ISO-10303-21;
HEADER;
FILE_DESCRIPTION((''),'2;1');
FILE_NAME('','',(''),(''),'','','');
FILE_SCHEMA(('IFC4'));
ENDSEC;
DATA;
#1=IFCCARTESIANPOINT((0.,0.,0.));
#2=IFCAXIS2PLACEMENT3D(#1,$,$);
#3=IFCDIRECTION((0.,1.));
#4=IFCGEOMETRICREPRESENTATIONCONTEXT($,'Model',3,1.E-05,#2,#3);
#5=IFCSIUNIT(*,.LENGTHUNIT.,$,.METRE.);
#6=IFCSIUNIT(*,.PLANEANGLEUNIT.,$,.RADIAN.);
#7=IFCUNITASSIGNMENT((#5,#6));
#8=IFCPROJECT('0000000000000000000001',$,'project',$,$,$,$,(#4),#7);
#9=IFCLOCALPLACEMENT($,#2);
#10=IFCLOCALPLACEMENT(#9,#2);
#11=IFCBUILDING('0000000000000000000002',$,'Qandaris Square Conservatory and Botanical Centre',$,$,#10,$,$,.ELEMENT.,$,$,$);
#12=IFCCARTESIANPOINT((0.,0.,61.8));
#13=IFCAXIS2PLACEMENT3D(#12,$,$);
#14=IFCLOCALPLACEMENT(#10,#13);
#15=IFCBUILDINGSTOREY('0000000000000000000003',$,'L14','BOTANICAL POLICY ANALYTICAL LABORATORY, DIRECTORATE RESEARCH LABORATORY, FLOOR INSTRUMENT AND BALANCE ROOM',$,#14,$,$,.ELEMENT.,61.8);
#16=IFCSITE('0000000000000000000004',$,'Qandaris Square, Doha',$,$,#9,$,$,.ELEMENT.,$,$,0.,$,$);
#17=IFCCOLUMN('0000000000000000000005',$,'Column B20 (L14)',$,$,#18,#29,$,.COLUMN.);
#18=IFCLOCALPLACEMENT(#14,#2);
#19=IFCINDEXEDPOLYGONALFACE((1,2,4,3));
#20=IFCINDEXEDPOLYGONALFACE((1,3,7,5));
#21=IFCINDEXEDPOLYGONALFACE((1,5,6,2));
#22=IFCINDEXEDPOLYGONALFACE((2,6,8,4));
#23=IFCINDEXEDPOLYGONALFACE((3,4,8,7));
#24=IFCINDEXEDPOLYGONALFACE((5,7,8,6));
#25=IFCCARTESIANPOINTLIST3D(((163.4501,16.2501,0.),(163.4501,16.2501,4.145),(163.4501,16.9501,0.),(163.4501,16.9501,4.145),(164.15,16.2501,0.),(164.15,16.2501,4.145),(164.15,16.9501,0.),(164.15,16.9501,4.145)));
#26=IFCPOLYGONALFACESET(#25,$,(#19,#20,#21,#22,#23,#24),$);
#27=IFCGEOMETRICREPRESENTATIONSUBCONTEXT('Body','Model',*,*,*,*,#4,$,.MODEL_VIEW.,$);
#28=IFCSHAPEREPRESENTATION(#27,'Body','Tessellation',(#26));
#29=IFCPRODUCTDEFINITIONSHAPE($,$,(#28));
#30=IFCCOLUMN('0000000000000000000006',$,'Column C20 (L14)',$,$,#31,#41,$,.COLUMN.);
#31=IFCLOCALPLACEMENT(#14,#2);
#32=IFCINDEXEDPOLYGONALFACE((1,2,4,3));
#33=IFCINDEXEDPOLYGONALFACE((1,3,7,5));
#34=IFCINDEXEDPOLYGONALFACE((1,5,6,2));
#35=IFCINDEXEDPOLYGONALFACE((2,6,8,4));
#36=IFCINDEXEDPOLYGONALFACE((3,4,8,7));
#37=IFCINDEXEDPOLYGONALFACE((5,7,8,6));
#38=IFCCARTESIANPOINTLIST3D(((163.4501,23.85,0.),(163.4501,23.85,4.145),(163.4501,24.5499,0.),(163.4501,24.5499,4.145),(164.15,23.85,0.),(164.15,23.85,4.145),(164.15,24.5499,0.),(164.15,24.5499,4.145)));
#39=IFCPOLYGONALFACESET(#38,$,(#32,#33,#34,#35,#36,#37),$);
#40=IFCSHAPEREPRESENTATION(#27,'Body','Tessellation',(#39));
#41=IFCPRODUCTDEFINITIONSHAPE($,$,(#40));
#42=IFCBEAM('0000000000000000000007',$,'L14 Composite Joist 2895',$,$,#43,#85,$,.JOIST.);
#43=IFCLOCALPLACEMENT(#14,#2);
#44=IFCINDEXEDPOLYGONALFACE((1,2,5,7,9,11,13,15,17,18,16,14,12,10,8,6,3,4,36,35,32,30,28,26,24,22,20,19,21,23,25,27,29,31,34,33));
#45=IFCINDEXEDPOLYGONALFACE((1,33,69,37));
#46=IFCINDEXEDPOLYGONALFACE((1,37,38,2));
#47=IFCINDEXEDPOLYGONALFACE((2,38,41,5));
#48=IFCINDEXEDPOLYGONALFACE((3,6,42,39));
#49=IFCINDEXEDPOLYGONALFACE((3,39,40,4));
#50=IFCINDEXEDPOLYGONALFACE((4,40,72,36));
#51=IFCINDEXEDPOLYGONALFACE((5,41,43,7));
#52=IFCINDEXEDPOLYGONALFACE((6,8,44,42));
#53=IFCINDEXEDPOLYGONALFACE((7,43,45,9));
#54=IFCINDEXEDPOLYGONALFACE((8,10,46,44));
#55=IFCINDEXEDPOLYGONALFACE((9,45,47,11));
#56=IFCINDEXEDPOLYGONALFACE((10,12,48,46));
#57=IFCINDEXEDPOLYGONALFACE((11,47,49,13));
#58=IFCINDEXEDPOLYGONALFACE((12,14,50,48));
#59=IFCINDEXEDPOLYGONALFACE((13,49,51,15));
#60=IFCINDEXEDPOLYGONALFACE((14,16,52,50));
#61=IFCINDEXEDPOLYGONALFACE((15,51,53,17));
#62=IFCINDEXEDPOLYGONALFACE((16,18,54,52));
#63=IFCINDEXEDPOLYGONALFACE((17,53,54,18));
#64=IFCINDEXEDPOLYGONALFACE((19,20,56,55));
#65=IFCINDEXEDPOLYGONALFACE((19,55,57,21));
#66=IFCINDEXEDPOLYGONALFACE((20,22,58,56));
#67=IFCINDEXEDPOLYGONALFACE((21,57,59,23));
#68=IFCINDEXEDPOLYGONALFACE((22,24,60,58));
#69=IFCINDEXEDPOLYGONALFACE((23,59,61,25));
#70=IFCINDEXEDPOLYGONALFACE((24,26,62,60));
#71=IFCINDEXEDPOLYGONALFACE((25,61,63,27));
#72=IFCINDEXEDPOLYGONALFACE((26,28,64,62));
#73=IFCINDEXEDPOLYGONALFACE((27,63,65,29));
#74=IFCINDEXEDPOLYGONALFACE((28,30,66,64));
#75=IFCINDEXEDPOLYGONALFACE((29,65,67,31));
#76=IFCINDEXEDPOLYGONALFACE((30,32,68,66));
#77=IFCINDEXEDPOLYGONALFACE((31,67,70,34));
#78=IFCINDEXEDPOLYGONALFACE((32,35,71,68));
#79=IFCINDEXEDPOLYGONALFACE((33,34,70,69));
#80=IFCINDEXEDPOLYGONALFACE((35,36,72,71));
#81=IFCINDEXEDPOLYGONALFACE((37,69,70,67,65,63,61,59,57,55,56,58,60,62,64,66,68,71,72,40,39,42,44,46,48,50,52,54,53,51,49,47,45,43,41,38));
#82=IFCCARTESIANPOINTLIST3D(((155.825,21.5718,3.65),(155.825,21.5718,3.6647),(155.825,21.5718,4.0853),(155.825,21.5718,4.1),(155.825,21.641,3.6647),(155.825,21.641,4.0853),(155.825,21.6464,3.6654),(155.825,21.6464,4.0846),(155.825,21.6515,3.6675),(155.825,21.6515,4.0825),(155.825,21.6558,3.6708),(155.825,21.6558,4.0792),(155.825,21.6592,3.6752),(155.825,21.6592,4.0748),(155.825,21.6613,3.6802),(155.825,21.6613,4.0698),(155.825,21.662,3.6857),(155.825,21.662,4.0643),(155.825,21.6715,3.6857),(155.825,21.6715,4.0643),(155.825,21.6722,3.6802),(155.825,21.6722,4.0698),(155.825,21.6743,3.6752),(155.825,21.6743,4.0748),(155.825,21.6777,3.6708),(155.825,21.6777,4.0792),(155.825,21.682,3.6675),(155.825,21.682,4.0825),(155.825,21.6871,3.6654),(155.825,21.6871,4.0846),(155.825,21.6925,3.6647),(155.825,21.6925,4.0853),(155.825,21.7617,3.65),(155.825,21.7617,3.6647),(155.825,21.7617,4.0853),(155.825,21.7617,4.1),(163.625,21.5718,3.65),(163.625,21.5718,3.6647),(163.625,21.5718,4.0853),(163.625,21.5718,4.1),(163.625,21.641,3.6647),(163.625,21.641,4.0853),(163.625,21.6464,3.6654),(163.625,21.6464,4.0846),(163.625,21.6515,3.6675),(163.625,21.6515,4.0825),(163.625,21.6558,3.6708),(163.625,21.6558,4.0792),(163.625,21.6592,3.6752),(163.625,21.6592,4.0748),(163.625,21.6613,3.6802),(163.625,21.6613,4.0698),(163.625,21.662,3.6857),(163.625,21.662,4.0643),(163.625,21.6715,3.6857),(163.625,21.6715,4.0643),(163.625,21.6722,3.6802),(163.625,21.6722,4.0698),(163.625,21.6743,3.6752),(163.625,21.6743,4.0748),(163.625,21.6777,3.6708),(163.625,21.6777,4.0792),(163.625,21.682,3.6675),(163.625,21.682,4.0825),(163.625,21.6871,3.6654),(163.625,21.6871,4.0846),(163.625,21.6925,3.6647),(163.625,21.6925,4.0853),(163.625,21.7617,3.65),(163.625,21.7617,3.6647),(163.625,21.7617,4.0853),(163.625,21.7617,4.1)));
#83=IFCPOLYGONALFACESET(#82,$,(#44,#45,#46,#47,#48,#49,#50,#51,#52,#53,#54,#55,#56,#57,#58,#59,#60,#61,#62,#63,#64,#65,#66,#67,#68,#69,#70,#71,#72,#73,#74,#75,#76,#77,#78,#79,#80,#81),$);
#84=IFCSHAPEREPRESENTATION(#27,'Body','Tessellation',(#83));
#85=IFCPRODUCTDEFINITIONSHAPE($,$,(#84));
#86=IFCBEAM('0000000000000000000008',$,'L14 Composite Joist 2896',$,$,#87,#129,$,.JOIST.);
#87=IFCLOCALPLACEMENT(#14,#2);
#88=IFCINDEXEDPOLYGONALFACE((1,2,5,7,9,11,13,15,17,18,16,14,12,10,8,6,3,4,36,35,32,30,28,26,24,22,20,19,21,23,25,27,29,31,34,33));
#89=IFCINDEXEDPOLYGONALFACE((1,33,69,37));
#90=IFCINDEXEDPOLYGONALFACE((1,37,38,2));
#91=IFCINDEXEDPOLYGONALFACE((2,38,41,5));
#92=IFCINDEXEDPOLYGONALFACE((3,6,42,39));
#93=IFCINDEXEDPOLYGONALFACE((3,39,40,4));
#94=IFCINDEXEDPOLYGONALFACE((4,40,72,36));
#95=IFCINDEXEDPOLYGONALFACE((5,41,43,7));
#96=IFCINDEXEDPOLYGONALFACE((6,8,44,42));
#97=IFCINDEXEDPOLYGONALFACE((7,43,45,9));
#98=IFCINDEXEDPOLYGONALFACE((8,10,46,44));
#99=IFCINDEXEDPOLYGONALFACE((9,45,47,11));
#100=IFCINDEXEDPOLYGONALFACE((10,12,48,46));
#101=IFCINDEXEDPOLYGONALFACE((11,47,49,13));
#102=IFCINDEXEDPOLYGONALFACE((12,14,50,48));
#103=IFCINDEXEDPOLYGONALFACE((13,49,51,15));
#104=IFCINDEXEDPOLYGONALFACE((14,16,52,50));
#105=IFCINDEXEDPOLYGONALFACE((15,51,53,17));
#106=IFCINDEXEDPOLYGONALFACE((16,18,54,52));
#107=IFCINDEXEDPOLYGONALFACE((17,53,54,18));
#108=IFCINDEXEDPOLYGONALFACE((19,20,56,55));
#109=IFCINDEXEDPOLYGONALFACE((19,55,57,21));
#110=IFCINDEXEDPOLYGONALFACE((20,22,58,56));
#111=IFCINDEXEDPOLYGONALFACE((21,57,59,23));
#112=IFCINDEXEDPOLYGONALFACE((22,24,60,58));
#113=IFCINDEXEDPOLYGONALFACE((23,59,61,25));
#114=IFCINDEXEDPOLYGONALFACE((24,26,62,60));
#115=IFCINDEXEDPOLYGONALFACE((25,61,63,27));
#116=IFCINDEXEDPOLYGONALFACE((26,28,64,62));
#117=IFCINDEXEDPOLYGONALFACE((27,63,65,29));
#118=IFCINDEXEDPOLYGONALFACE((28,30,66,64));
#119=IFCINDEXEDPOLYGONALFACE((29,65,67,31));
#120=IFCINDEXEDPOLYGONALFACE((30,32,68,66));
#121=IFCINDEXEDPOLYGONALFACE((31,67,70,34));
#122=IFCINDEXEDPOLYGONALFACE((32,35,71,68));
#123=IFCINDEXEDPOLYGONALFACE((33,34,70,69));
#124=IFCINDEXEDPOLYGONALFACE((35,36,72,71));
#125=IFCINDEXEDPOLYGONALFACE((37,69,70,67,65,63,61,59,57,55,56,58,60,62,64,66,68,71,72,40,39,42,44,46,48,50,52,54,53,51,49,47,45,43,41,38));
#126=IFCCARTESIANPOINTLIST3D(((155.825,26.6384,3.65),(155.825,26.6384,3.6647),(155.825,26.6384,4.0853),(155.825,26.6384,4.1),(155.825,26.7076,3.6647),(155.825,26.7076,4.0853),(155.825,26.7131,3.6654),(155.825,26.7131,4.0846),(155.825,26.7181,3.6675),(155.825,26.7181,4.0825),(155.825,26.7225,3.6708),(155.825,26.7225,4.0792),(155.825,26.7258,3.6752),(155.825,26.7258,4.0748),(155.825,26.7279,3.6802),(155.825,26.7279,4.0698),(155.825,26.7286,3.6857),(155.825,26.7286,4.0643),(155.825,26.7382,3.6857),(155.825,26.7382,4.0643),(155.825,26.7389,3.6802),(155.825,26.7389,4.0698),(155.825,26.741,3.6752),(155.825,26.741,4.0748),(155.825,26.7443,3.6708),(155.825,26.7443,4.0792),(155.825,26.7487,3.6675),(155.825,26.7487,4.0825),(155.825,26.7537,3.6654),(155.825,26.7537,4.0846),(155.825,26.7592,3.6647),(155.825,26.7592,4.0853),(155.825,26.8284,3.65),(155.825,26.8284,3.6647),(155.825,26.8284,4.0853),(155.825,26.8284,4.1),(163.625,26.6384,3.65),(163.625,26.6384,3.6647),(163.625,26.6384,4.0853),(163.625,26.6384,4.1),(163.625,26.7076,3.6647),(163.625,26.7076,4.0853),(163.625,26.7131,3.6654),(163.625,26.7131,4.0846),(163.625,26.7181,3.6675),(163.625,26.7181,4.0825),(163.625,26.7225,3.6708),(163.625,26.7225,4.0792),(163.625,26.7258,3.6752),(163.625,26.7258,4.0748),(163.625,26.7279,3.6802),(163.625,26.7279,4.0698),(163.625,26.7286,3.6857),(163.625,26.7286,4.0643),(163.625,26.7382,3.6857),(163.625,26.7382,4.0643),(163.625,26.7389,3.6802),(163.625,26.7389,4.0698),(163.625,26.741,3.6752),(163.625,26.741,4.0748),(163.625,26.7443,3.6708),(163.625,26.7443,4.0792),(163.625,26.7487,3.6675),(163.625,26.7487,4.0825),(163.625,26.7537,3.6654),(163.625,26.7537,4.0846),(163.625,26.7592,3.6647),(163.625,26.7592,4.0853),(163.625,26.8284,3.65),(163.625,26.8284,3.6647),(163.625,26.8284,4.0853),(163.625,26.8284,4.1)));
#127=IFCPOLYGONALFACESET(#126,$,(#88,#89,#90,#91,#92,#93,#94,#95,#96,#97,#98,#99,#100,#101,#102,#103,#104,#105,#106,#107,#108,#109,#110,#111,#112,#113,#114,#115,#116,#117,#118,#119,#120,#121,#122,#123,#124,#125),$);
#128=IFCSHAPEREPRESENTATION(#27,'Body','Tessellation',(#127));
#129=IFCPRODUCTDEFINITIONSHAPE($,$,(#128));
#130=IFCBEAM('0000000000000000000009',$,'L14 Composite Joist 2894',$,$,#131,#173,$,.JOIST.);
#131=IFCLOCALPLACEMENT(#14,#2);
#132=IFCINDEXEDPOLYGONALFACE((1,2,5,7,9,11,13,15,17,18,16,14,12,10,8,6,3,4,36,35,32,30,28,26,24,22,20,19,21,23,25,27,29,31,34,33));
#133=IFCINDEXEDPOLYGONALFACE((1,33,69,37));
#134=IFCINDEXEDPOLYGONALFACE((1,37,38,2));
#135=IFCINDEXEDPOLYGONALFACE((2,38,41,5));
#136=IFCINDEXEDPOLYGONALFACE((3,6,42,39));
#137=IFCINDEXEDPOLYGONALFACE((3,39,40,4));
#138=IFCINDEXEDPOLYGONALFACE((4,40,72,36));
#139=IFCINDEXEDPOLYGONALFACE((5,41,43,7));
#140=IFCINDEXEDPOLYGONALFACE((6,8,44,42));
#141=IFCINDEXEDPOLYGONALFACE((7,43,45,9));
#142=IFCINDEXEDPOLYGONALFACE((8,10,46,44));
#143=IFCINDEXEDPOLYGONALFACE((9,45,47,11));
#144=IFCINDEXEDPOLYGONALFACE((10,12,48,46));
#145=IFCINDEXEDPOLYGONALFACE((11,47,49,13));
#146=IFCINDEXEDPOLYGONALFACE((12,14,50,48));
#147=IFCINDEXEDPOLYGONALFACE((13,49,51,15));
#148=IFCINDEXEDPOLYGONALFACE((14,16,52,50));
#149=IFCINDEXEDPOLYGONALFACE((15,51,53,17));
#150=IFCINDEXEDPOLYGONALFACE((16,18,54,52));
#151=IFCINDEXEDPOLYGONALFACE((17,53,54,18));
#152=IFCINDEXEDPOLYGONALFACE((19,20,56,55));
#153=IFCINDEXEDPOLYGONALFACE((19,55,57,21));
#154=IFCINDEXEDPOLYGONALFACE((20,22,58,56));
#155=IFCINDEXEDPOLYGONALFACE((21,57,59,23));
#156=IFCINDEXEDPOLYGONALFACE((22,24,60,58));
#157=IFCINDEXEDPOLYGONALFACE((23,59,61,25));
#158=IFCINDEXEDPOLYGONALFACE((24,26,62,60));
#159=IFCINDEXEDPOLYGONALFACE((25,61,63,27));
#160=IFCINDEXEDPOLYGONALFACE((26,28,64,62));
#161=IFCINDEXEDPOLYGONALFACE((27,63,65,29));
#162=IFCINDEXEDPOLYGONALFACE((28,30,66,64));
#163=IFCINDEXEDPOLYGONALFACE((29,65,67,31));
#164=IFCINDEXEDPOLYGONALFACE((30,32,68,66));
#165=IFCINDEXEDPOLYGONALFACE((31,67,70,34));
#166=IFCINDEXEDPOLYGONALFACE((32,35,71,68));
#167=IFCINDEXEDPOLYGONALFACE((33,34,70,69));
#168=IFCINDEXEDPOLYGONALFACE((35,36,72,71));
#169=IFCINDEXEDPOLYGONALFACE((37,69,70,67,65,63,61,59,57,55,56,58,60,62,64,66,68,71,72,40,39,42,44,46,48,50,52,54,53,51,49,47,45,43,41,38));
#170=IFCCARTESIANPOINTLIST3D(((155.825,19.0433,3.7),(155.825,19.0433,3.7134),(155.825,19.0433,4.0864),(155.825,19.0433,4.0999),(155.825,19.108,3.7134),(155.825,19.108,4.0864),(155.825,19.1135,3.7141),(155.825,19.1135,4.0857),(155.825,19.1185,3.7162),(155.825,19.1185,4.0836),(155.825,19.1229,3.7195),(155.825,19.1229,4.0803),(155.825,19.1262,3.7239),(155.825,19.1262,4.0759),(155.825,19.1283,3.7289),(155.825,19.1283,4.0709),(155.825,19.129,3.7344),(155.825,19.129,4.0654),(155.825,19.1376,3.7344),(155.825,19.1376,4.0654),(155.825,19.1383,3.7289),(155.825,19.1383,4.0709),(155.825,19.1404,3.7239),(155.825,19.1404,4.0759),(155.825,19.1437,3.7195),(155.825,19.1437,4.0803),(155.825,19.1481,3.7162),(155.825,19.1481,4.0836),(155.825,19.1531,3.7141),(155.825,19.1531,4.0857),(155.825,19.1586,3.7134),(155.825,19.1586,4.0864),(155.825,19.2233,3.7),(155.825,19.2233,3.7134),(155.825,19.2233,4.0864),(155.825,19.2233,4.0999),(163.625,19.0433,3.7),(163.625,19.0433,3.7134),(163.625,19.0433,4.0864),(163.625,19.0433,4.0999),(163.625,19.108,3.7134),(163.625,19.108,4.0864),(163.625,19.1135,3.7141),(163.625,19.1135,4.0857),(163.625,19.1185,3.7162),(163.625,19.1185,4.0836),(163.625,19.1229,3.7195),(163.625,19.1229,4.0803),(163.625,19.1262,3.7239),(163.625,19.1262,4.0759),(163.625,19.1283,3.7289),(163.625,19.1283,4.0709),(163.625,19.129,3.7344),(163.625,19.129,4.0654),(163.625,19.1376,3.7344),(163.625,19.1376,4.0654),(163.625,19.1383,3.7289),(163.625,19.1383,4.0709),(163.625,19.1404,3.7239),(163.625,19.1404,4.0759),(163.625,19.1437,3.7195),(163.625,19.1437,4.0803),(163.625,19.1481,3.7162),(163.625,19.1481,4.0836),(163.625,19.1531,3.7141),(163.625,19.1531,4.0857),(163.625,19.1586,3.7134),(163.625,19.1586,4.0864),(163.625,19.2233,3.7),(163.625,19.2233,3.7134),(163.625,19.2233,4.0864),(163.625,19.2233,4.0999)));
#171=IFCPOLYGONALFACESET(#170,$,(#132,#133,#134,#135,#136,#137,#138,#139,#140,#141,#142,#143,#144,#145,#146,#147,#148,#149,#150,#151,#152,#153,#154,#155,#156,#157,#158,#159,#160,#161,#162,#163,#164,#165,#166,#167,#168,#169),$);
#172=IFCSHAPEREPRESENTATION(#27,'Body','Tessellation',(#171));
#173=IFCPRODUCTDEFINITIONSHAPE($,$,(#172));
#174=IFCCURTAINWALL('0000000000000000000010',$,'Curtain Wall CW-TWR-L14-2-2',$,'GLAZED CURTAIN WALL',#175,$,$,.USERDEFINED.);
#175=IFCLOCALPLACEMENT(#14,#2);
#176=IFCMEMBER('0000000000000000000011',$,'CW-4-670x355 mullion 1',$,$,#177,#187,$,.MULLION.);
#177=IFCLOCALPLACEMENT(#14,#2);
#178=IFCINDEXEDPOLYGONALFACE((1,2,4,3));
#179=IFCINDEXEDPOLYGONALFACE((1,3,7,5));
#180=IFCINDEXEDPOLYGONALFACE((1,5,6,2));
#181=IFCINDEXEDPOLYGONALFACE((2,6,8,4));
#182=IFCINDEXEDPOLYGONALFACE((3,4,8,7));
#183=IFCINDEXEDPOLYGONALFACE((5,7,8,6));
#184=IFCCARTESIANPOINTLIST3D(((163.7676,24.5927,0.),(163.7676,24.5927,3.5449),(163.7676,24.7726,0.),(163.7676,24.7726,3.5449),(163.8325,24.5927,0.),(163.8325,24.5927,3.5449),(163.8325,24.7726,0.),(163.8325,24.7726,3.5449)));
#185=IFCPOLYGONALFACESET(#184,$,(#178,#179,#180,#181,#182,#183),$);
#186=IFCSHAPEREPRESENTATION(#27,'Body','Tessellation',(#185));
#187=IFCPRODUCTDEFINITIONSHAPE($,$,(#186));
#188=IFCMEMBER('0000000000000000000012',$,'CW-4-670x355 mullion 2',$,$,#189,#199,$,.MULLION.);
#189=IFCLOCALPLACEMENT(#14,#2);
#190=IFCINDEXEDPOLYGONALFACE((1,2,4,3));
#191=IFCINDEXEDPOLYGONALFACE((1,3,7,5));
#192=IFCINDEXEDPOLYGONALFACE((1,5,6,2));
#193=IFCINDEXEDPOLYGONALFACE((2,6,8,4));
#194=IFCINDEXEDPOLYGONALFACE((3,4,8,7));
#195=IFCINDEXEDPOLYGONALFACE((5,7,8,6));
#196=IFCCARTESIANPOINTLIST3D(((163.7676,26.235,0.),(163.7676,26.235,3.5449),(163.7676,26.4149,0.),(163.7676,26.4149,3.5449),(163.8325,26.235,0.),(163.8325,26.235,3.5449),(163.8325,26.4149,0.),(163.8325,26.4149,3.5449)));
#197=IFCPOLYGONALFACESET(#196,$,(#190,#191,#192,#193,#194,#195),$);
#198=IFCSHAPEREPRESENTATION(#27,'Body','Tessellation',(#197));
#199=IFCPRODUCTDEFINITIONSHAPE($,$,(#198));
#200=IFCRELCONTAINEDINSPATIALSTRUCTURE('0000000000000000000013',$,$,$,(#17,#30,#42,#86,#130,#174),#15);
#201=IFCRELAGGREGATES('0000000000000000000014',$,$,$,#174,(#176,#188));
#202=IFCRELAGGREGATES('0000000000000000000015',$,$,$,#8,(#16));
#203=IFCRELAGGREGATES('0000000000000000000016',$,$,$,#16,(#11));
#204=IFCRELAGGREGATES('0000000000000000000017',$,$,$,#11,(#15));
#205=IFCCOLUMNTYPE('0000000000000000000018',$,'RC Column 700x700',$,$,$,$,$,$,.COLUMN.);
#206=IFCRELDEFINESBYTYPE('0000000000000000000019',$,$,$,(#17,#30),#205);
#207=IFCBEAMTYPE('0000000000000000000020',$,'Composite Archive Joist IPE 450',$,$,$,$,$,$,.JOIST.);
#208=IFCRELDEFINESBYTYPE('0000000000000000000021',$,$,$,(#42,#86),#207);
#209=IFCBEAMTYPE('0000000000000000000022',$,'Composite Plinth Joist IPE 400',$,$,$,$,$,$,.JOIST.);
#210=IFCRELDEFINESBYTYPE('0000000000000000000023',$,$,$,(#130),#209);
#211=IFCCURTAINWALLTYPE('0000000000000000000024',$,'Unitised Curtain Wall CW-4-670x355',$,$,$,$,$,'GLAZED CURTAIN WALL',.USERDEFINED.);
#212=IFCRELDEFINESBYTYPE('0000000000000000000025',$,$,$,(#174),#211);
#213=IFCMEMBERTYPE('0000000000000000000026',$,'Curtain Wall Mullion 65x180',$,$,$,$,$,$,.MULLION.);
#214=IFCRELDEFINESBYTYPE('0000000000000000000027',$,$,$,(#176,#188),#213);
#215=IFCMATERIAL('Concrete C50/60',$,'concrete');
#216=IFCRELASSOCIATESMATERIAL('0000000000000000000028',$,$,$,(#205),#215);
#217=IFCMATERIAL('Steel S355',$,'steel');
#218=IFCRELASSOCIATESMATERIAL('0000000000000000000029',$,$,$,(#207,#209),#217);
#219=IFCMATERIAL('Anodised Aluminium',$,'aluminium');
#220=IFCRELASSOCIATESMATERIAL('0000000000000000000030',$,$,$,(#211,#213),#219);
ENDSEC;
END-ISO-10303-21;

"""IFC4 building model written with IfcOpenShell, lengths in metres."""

from ifc_helpers import new_model, si_unit, direction, frame, origin, origin_2d, place, context, subcontext, project, spatial, rectangle, i_section, extrude, material, material_profile, profile_set, type_object, element, aggregate, save


model = new_model("IFC4")

# Units and contexts
model_context = context("Model", 3, precision=1e-05, world=origin(), true_north=direction((0.0, 1.0)))
body_context = subcontext(model_context, "Body", "Model", "MODEL_VIEW")
ifc_project = project(units=[si_unit("LENGTHUNIT", "METRE"), si_unit("PLANEANGLEUNIT", "RADIAN")], contexts=[model_context])

# Site, building, storey
site_placement = place(None, origin())
site = spatial("IfcSite", under=ifc_project, at=site_placement, Name="Qandaris Square, Doha", CompositionType="ELEMENT", RefElevation=0.0)
building_placement = place(site_placement, origin())
building = spatial("IfcBuilding", under=site, at=building_placement, Name="Qandaris Square Conservatory and Botanical Centre", CompositionType="ELEMENT")
storey_placement = place(building_placement, frame((0.0, 0.0, 61.8)))
storey = spatial("IfcBuildingStorey", under=building, at=storey_placement, Name="L14", Description="BOTANICAL POLICY ANALYTICAL LABORATORY, DIRECTORATE RESEARCH LABORATORY, FLOOR INSTRUMENT AND BALANCE ROOM", CompositionType="ELEMENT", Elevation=61.8)

# Columns
ifc_material_1 = material(Name="Concrete C50/60", Category="concrete")
ifc_material_profile_1 = material_profile(ifc_material_1, rectangle(XDim=0.7, YDim=0.7, at=origin_2d()), Name="RC-COL 700x700")
ifc_profile_set_1 = profile_set([ifc_material_profile_1], Name="Concrete C50/60")
column_type = type_object("IfcColumnType", Name="RC Column 700x700", PredefinedType="COLUMN", material=ifc_profile_set_1)
for number, where, z_axis, x_axis, name in (
    (1, (163.8, 16.6001, 0.0), (0.0, 0.0, 1.0), (1.0, 0.0, 0.0), "Column B20 (L14)"),
    (2, (163.8, 24.2, 0.0), (0.0, 0.0, 1.0), (1.0, 0.0, 0.0), "Column C20 (L14)"),
):
    element("IfcColumn", number, at=place(storey_placement, frame(where, z_axis=z_axis, x_axis=x_axis)), inside=storey, type_object=column_type, Name=name, PredefinedType="COLUMN", context=body_context, shape_type="SweptSolid", body=[
        extrude(rectangle(XDim=0.7, YDim=0.7, at=origin_2d()), origin(), (0.0, 0.0, 1.0), 4.145),
    ])

# Beams
ifc_material_2 = material(Name="Steel S355", Category="steel")
ifc_material_profile_2 = material_profile(ifc_material_2, i_section(OverallWidth=0.1899, OverallDepth=0.45, WebThickness=0.0095, FlangeThickness=0.0146, FilletRadius=0.021, at=origin_2d()), Name="IPE 450")
ifc_profile_set_2 = profile_set([ifc_material_profile_2], Name="Steel S355")
beam_type_1 = type_object("IfcBeamType", Name="Composite Archive Joist IPE 450", PredefinedType="JOIST", material=ifc_profile_set_2)
for number, where, z_axis, x_axis, name in (
    (3, (155.825, 21.6667, 3.875), (1.0, 0.0, 0.0), (0.0, 1.0, 0.0), "L14 Composite Joist 2895"),
    (4, (155.825, 26.7334, 3.875), (1.0, 0.0, 0.0), (0.0, 1.0, 0.0), "L14 Composite Joist 2896"),
):
    element("IfcBeam", number, at=place(storey_placement, frame(where, z_axis=z_axis, x_axis=x_axis)), inside=storey, type_object=beam_type_1, Name=name, PredefinedType="JOIST", context=body_context, shape_type="SweptSolid", body=[
        extrude(i_section(OverallWidth=0.1899, OverallDepth=0.45, WebThickness=0.0095, FlangeThickness=0.0146, FilletRadius=0.021, at=origin_2d()), origin(), (0.0, 0.0, 1.0), 7.8),
    ])
ifc_material_profile_3 = material_profile(ifc_material_2, i_section(OverallWidth=0.1799, OverallDepth=0.3999, WebThickness=0.0085, FlangeThickness=0.0134, FilletRadius=0.021, at=origin_2d()), Name="IPE 400")
ifc_profile_set_3 = profile_set([ifc_material_profile_3], Name="Steel S355")
beam_type_2 = type_object("IfcBeamType", Name="Composite Plinth Joist IPE 400", PredefinedType="JOIST", material=ifc_profile_set_3)
beam_1_placement = place(storey_placement, frame((155.825, 19.1333, 3.8999), z_axis=(1.0, 0.0, 0.0), x_axis=(0.0, 1.0, 0.0)))
element("IfcBeam", 5, at=beam_1_placement, inside=storey, type_object=beam_type_2, Name="L14 Composite Joist 2894", PredefinedType="JOIST", context=body_context, shape_type="SweptSolid", body=[
    extrude(i_section(OverallWidth=0.1799, OverallDepth=0.3999, WebThickness=0.0085, FlangeThickness=0.0134, FilletRadius=0.021, at=origin_2d()), origin(), (0.0, 0.0, 1.0), 7.8),
])

# Curtain wall, members
ifc_material_3 = material(Name="Anodised Aluminium", Category="aluminium")
curtain_wall_type = type_object("IfcCurtainWallType", Name="Unitised Curtain Wall CW-4-670x355", ElementType="GLAZED CURTAIN WALL", PredefinedType="USERDEFINED", material=ifc_material_3)
curtain_wall_placement = place(storey_placement, origin())
curtain_wall = element("IfcCurtainWall", 6, at=curtain_wall_placement, inside=storey, type_object=curtain_wall_type, Name="Curtain Wall CW-TWR-L14-2-2", ObjectType="GLAZED CURTAIN WALL", PredefinedType="USERDEFINED")
ifc_material_profile_4 = material_profile(ifc_material_3, rectangle(XDim=0.0649, YDim=0.1799, at=origin_2d()), Name="ALU-MUL 65x180")
ifc_profile_set_4 = profile_set([ifc_material_profile_4], Name="Anodised Aluminium")
member_type_1 = type_object("IfcMemberType", Name="Curtain Wall Mullion 65x180", PredefinedType="MULLION", material=ifc_profile_set_4)
member_1_placement = place(storey_placement, frame((163.8, 24.6826, 0.0), z_axis=(0.0, 0.0, 1.0), x_axis=(-1.0, 0.0, 0.0)))
member_1 = element("IfcMember", 7, at=member_1_placement, type_object=member_type_1, Name="CW-4-670x355 mullion 1", PredefinedType="MULLION", context=body_context, shape_type="SweptSolid", body=[
    extrude(rectangle(XDim=0.0649, YDim=0.1799, at=origin_2d()), origin(), (0.0, 0.0, 1.0), 3.5449),
])
member_2_placement = place(storey_placement, frame((163.8, 26.325, 0.0), z_axis=(0.0, 0.0, 1.0), x_axis=(-1.0, 0.0, 0.0)))
member_2 = element("IfcMember", 8, at=member_2_placement, type_object=member_type_1, Name="CW-4-670x355 mullion 2", PredefinedType="MULLION", context=body_context, shape_type="SweptSolid", body=[
    extrude(rectangle(XDim=0.0649, YDim=0.1799, at=origin_2d()), origin(), (0.0, 0.0, 1.0), 3.5449),
])

aggregate(curtain_wall, [member_1, member_2])

save(model, "model.ifc")
